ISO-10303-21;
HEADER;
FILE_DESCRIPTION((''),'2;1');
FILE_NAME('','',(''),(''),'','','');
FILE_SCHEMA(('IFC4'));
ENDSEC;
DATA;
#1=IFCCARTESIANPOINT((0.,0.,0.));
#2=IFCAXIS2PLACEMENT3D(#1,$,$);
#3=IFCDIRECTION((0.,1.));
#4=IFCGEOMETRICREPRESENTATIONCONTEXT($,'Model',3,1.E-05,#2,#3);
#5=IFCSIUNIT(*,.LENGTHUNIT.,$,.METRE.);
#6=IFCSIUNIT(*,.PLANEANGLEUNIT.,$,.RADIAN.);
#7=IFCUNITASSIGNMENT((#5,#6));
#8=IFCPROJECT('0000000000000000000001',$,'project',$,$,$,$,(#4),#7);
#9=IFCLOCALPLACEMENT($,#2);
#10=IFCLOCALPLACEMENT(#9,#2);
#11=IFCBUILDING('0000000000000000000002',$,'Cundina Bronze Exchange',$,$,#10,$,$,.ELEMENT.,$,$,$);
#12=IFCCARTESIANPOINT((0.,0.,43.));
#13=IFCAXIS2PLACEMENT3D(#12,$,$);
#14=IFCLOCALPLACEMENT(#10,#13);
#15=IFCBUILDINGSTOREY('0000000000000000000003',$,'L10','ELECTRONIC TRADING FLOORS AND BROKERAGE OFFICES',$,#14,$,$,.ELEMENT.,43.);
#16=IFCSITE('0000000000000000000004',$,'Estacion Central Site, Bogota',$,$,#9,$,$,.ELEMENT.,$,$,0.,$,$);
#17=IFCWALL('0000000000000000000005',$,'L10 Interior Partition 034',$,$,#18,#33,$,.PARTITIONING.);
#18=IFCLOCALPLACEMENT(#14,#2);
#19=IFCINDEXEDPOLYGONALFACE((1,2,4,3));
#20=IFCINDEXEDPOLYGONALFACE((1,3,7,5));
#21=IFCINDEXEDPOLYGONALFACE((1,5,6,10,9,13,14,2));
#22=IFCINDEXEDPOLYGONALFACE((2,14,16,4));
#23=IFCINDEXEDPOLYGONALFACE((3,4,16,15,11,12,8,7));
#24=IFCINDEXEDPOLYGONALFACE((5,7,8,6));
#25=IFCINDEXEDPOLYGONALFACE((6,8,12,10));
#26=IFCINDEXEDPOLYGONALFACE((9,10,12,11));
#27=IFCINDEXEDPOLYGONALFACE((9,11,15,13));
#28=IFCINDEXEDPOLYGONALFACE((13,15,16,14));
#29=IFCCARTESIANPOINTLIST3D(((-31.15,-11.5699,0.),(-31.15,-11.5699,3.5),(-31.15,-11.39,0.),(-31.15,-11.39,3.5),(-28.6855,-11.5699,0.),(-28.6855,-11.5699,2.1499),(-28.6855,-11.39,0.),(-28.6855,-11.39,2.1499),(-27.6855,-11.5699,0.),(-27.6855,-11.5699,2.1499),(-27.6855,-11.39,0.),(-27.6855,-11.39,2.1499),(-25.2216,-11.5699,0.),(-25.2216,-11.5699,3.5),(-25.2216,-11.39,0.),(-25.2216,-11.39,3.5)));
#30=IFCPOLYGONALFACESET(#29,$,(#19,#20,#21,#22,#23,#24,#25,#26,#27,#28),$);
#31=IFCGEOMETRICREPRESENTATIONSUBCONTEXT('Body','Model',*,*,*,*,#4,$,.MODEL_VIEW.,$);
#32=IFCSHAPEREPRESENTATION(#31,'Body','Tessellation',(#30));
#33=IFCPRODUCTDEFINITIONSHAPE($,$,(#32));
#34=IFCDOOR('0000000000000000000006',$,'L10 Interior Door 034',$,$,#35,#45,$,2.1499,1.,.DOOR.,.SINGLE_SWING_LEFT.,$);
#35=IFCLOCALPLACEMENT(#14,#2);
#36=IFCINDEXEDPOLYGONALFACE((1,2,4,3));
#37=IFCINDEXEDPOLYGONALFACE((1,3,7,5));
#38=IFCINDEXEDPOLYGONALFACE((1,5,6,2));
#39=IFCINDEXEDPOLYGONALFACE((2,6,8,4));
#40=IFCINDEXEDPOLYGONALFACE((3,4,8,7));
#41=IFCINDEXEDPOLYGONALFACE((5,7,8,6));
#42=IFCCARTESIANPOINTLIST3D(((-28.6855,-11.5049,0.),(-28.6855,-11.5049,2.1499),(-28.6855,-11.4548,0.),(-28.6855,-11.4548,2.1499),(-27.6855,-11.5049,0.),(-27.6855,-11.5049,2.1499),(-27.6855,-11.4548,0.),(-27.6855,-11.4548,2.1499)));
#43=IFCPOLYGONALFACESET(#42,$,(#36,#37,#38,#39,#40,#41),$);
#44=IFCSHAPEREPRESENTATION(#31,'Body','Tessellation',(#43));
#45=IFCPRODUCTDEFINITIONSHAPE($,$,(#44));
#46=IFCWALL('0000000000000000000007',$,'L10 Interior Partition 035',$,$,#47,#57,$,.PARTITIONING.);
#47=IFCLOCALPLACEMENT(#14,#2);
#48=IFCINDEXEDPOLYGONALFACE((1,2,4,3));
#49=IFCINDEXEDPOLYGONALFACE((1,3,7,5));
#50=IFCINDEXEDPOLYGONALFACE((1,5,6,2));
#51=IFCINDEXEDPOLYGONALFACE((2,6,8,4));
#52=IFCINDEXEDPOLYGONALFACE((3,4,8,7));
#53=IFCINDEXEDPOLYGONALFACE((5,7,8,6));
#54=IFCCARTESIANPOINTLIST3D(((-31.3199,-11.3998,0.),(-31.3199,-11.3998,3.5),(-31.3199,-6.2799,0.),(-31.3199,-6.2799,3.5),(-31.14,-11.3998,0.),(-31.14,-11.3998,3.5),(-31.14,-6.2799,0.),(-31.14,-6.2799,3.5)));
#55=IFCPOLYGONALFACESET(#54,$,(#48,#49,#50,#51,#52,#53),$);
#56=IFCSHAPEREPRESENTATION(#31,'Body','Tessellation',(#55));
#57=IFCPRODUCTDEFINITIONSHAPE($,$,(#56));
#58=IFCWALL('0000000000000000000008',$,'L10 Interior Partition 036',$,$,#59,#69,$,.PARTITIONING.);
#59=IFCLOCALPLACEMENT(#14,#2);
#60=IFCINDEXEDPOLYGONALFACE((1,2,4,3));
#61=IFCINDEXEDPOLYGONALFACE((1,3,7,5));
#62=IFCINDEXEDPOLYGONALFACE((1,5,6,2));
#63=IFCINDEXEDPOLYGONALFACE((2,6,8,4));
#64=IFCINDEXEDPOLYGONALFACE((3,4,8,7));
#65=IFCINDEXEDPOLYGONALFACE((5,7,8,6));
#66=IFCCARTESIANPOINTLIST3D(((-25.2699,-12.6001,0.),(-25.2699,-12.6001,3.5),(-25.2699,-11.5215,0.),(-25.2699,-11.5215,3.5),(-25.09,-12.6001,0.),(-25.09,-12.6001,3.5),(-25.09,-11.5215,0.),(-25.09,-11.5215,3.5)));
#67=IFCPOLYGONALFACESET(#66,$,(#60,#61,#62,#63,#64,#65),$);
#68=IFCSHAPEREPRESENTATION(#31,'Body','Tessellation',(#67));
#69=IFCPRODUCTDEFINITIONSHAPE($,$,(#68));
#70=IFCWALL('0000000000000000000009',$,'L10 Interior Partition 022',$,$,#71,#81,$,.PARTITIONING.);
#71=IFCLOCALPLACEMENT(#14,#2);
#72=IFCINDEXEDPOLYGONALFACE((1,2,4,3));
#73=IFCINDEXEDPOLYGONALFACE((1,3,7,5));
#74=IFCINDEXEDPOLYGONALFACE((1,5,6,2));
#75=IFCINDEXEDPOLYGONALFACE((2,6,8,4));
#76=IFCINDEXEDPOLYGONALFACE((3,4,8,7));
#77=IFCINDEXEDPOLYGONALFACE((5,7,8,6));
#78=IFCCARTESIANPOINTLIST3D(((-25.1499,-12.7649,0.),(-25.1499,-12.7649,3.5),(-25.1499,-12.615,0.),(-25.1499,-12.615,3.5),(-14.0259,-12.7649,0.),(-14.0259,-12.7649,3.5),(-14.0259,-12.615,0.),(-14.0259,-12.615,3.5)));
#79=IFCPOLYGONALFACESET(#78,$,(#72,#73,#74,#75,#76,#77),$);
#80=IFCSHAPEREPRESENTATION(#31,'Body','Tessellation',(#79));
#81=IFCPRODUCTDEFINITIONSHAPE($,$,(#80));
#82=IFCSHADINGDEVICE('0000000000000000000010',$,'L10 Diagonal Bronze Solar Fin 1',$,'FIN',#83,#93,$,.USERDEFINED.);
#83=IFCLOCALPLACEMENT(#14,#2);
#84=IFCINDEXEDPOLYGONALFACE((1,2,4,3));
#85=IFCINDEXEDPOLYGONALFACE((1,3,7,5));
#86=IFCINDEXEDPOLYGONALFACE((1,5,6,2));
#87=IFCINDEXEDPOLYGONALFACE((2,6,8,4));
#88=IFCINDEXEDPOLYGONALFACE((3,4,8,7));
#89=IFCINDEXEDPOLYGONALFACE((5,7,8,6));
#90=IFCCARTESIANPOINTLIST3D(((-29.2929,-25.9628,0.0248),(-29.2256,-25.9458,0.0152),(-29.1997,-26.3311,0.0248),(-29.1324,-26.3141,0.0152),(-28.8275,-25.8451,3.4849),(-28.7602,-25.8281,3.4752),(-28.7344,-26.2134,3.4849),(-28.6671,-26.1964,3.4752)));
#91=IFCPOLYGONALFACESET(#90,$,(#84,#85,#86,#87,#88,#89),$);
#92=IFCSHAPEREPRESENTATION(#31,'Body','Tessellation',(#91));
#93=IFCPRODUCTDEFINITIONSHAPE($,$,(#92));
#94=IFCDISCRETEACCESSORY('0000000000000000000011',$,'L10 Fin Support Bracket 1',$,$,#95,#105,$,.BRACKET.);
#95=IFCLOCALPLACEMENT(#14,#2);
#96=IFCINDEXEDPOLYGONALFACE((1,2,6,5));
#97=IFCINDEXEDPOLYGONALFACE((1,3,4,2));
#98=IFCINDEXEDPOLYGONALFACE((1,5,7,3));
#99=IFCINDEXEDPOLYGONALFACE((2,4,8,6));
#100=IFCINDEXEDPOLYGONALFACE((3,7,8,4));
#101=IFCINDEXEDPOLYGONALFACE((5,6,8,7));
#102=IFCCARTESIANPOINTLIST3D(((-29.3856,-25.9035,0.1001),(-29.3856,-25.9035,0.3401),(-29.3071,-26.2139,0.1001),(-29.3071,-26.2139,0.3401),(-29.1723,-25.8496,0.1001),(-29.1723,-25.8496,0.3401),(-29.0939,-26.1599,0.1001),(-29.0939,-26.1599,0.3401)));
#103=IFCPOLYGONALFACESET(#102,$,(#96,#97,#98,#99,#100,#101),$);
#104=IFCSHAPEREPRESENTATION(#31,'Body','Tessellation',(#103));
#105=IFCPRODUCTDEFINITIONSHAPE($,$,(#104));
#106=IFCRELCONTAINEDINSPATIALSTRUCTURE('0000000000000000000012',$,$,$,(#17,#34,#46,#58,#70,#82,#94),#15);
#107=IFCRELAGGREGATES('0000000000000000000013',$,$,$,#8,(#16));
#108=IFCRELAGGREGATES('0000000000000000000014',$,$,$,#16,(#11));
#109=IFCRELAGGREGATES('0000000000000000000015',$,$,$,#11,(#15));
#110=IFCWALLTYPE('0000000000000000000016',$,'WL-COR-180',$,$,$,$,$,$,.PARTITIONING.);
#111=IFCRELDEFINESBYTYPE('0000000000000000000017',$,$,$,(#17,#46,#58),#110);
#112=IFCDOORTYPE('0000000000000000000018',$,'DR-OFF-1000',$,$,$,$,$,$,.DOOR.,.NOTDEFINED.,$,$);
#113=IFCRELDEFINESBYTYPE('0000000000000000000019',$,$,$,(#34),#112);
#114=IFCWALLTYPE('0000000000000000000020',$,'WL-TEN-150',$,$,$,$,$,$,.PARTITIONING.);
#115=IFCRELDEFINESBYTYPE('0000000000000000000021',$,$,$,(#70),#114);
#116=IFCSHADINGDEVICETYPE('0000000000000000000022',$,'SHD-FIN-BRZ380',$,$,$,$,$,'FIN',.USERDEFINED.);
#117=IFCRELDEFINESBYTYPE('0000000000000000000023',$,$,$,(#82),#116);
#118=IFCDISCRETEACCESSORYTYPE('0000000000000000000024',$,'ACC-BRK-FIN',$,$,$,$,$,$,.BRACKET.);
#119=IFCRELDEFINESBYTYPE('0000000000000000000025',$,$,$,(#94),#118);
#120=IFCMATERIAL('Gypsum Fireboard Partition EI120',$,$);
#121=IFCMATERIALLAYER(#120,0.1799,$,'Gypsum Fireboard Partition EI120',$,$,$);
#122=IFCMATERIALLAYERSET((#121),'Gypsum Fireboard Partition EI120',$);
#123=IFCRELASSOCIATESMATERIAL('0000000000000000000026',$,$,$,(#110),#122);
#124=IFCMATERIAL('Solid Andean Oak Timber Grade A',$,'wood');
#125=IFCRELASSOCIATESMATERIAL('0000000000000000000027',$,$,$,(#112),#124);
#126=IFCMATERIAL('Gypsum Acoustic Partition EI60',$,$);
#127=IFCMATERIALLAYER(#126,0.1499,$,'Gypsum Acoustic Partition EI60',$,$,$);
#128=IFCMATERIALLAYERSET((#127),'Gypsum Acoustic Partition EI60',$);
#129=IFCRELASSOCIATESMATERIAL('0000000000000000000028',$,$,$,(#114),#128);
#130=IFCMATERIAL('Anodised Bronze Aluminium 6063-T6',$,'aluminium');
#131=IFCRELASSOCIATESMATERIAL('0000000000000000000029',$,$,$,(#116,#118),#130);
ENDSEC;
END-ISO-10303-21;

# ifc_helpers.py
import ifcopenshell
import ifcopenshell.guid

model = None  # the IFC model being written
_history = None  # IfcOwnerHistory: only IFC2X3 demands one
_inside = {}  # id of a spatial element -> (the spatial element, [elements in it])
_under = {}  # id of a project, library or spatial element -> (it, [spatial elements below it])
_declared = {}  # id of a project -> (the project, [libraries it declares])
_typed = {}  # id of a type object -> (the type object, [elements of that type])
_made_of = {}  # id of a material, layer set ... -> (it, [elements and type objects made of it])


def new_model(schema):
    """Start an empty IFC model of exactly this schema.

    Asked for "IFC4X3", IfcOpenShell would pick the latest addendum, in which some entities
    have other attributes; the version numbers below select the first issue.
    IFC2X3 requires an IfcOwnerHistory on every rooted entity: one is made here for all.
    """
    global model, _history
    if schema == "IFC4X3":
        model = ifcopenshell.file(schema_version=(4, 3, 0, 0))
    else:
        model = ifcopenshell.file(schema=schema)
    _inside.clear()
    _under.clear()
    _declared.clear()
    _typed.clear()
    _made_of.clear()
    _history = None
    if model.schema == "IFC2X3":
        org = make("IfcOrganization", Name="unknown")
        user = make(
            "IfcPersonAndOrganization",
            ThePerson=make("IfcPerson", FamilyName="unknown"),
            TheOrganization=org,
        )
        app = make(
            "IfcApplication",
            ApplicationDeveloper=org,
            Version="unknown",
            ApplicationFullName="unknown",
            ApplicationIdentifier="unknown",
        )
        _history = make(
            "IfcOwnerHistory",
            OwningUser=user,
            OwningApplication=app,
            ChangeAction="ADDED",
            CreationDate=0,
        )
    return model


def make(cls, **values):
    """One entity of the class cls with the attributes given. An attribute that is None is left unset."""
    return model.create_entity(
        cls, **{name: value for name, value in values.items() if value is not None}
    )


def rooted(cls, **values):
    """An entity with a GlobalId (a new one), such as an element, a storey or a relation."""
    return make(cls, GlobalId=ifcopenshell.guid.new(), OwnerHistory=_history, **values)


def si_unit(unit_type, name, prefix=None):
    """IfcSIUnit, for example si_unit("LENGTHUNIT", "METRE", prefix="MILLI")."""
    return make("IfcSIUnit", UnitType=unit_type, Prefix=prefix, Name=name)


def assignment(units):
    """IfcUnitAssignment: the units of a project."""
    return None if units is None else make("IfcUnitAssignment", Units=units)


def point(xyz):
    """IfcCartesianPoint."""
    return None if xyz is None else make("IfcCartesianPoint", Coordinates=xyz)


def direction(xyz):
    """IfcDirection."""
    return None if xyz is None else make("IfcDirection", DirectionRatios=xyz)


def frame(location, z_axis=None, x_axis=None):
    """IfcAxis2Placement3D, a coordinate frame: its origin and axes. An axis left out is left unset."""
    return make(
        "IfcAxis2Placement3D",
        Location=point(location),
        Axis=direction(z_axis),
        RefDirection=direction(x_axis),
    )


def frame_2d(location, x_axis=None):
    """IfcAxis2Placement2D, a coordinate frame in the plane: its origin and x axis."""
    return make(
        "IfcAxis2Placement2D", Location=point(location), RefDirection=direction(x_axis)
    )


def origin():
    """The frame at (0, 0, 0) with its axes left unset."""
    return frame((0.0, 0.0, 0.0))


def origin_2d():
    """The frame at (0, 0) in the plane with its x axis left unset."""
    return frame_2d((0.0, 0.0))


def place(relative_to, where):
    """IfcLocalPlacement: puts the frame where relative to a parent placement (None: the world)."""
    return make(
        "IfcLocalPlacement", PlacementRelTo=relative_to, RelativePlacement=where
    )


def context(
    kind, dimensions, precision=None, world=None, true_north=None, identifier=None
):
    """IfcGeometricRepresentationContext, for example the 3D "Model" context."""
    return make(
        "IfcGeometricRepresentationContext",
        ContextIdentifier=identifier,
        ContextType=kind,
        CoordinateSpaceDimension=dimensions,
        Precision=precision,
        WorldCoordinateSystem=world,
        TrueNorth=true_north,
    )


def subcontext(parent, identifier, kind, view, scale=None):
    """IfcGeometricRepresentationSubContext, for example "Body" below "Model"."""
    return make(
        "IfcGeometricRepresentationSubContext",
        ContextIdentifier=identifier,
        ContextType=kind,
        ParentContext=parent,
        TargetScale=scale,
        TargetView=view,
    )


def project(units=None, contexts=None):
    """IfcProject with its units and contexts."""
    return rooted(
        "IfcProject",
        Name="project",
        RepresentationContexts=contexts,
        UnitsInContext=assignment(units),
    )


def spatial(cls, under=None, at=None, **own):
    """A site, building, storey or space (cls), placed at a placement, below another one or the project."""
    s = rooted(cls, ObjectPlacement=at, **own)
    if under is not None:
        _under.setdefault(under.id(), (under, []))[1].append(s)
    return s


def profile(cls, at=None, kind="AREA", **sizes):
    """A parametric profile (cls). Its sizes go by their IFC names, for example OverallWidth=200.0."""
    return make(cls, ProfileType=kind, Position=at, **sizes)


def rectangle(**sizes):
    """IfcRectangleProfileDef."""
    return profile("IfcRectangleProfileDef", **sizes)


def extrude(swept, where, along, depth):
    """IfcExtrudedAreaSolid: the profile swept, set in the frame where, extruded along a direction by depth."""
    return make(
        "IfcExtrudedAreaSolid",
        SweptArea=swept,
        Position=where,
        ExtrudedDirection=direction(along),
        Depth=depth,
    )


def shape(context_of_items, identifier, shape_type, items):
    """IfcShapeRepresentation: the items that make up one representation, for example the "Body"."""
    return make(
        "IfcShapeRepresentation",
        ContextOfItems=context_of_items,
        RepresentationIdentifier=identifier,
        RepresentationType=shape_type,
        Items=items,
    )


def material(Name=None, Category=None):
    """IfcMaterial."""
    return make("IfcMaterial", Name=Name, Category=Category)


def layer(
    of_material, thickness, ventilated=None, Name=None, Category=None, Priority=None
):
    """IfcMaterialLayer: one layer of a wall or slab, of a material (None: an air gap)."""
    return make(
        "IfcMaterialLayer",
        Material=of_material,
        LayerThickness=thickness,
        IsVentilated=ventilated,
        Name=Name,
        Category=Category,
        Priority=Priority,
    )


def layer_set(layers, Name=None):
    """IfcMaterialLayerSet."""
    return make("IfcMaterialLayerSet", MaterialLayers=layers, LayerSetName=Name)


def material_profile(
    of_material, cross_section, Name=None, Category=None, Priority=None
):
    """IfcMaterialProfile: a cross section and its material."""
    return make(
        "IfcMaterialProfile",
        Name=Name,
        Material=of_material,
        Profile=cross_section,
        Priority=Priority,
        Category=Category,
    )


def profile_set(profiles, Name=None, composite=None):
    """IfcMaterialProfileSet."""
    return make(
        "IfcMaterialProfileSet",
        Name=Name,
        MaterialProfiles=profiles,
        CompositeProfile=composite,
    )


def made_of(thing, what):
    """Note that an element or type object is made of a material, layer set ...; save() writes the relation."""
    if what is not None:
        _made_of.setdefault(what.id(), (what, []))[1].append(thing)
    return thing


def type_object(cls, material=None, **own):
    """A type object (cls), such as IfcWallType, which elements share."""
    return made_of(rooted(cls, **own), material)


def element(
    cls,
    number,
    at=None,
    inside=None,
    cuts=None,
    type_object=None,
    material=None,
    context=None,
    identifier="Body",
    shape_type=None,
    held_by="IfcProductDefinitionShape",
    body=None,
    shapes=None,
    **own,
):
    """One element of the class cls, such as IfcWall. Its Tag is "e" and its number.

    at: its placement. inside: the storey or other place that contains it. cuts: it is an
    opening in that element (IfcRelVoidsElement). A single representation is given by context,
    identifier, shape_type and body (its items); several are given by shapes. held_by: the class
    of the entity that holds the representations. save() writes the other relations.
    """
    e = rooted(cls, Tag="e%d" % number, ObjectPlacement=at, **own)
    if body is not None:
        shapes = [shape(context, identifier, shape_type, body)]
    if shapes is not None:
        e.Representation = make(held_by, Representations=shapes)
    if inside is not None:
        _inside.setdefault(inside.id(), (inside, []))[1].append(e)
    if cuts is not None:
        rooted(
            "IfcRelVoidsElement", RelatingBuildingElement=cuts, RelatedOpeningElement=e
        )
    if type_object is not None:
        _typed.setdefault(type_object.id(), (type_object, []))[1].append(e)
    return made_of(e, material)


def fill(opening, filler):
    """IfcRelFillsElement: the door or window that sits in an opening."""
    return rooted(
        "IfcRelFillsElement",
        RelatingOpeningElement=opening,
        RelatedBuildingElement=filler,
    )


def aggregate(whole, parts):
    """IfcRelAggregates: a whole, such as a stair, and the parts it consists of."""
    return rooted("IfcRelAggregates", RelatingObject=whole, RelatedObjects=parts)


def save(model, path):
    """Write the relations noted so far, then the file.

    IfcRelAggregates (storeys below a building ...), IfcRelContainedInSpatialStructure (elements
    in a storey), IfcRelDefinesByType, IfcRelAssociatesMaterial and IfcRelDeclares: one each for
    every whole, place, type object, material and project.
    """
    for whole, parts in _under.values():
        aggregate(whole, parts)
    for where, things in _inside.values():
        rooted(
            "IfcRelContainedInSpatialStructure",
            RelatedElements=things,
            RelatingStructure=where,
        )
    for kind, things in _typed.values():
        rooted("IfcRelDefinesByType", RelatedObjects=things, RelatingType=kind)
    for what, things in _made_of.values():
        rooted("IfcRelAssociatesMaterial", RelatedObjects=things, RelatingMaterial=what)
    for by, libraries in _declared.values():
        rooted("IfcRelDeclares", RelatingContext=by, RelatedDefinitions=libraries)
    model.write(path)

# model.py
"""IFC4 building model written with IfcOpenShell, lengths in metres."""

from ifc_helpers import new_model, si_unit, direction, frame, frame_2d, origin, origin_2d, place, context, subcontext, project, spatial, rectangle, extrude, material, layer, layer_set, material_profile, profile_set, type_object, element, fill, save


model = new_model("IFC4")

# Units and contexts
model_context = context("Model", 3, precision=1e-05, world=origin(), true_north=direction((0.0, 1.0)))
body_context = subcontext(model_context, "Body", "Model", "MODEL_VIEW")
ifc_project = project(units=[si_unit("LENGTHUNIT", "METRE"), si_unit("PLANEANGLEUNIT", "RADIAN")], contexts=[model_context])

# Site, building, storey
site_placement = place(None, origin())
site = spatial("IfcSite", under=ifc_project, at=site_placement, Name="Estacion Central Site, Bogota", CompositionType="ELEMENT", RefElevation=0.0)
building_placement = place(site_placement, origin())
building = spatial("IfcBuilding", under=site, at=building_placement, Name="Cundina Bronze Exchange", CompositionType="ELEMENT")
storey_placement = place(building_placement, frame((0.0, 0.0, 43.0)))
storey = spatial("IfcBuildingStorey", under=building, at=storey_placement, Name="L10", Description="ELECTRONIC TRADING FLOORS AND BROKERAGE OFFICES", CompositionType="ELEMENT", Elevation=43.0)

# Shared definitions
ifc_material_1 = material(Name="Anodised Bronze Aluminium 6063-T6", Category="aluminium")

# Shared definitions
ifc_material_2 = material(Name="Gypsum Fireboard Partition EI120")
ifc_layer_1 = layer(ifc_material_2, 0.1799, Name="Gypsum Fireboard Partition EI120")
ifc_layer_set_1 = layer_set([ifc_layer_1], Name="Gypsum Fireboard Partition EI120")
wall_type_1 = type_object("IfcWallType", Name="WL-COR-180", PredefinedType="PARTITIONING", material=ifc_layer_set_1)

# Wall, opening, door
wall_1_placement = place(storey_placement, frame((-25.2214, -11.48, 0.0), z_axis=(0.0, 0.0, 1.0), x_axis=(-1.0, 0.0, 0.0)))
wall_1 = element("IfcWall", 1, at=wall_1_placement, inside=storey, type_object=wall_type_1, Name="L10 Interior Partition 034", PredefinedType="PARTITIONING", context=body_context, shape_type="SweptSolid", body=[
    extrude(rectangle(XDim=5.9285, YDim=0.1799, at=frame_2d((2.9644, 0.0))), origin(), (0.0, 0.0, 1.0), 3.5),
])
opening_placement = place(wall_1_placement, frame((2.4641, 0.0, 0.0)))
opening = element("IfcOpeningElement", 2, at=opening_placement, cuts=wall_1, PredefinedType="OPENING", context=body_context, shape_type="SweptSolid", body=[
    extrude(rectangle(XDim=1.0, YDim=2.1499, at=frame_2d((0.5, 1.075))), frame((0.0, 0.0999, 0.0), z_axis=(0.0, -1.0, 0.0), x_axis=(1.0, 0.0, 0.0)), (0.0, 0.0, 1.0), 0.2),
])
ifc_material_3 = material(Name="Solid Andean Oak Timber Grade A", Category="wood")
door_type = type_object("IfcDoorType", Name="DR-OFF-1000", OperationType="NOTDEFINED", PredefinedType="DOOR", material=ifc_material_3)
door_placement = place(opening_placement, origin())
door = element("IfcDoor", 3, at=door_placement, inside=storey, type_object=door_type, Name="L10 Interior Door 034", OperationType="SINGLE_SWING_LEFT", OverallHeight=2.1499, OverallWidth=1.0, PredefinedType="DOOR", context=body_context, shape_type="SweptSolid", body=[
    extrude(rectangle(XDim=1.0, YDim=2.1499, at=frame_2d((0.5, 1.075))), frame((0.0, 0.0249, 0.0), z_axis=(0.0, -1.0, 0.0), x_axis=(1.0, 0.0, 0.0)), (0.0, 0.0, 1.0), 0.05),
])
fill(opening, door)

# Walls
wall_2_placement = place(storey_placement, frame((-31.23, -11.3999, 0.0), z_axis=(0.0, 0.0, 1.0), x_axis=(0.0, 1.0, 0.0)))
element("IfcWall", 4, at=wall_2_placement, inside=storey, type_object=wall_type_1, Name="L10 Interior Partition 035", PredefinedType="PARTITIONING", context=body_context, shape_type="SweptSolid", body=[
    extrude(rectangle(XDim=5.1199, YDim=0.1799, at=frame_2d((2.5601, 0.0))), origin(), (0.0, 0.0, 1.0), 3.5),
])
wall_3_placement = place(storey_placement, frame((-25.1799, -12.6001, 0.0), z_axis=(0.0, 0.0, 1.0), x_axis=(0.0, 1.0, 0.0)))
element("IfcWall", 5, at=wall_3_placement, inside=storey, type_object=wall_type_1, Name="L10 Interior Partition 036", PredefinedType="PARTITIONING", context=body_context, shape_type="SweptSolid", body=[
    extrude(rectangle(XDim=1.0786, YDim=0.1799, at=frame_2d((0.5393, 0.0))), origin(), (0.0, 0.0, 1.0), 3.5),
])
ifc_material_4 = material(Name="Gypsum Acoustic Partition EI60")
ifc_layer_2 = layer(ifc_material_4, 0.1499, Name="Gypsum Acoustic Partition EI60")
ifc_layer_set_2 = layer_set([ifc_layer_2], Name="Gypsum Acoustic Partition EI60")
wall_type_2 = type_object("IfcWallType", Name="WL-TEN-150", PredefinedType="PARTITIONING", material=ifc_layer_set_2)
wall_4_placement = place(storey_placement, frame((-25.1499, -12.6899, 0.0), z_axis=(0.0, 0.0, 1.0), x_axis=(1.0, 0.0, 0.0)))
element("IfcWall", 6, at=wall_4_placement, inside=storey, type_object=wall_type_2, Name="L10 Interior Partition 022", PredefinedType="PARTITIONING", context=body_context, shape_type="SweptSolid", body=[
    extrude(rectangle(XDim=11.124, YDim=0.1499, at=frame_2d((5.562, 0.0))), origin(), (0.0, 0.0, 1.0), 3.5),
])

# Shading device
ifc_material_profile_1 = material_profile(ifc_material_1, rectangle(XDim=0.0701, YDim=0.3799, at=origin_2d()), Name="FIN70X380", Category="aluminium")
ifc_profile_set_1 = profile_set([ifc_material_profile_1], Name="Anodised Bronze Aluminium 6063-T6")
shading_device_type = type_object("IfcShadingDeviceType", Name="SHD-FIN-BRZ380", ElementType="FIN", PredefinedType="USERDEFINED", material=ifc_profile_set_1)
shading_device_placement = place(storey_placement, frame((-29.2126, -26.1384, 0.02), z_axis=(0.133215, 0.033688, 0.990514), x_axis=(-0.960285, -0.242842, 0.137408)))
element("IfcShadingDevice", 7, at=shading_device_placement, inside=storey, type_object=shading_device_type, Name="L10 Diagonal Bronze Solar Fin 1", ObjectType="FIN", PredefinedType="USERDEFINED", context=body_context, shape_type="SweptSolid", body=[
    extrude(rectangle(XDim=0.0701, YDim=0.3799, at=origin_2d()), origin(), (0.0, 0.0, 1.0), 3.4932),
])

# Discrete accessory
discrete_accessory_type = type_object("IfcDiscreteAccessoryType", Name="ACC-BRK-FIN", PredefinedType="BRACKET", material=ifc_material_1)
discrete_accessory_placement = place(storey_placement, frame((-29.2397, -26.0317, 0.1001), z_axis=(0.0, 0.0, 1.0), x_axis=(0.969488, 0.245138, 0.0)))
element("IfcDiscreteAccessory", 8, at=discrete_accessory_placement, inside=storey, type_object=discrete_accessory_type, Name="L10 Fin Support Bracket 1", PredefinedType="BRACKET", context=body_context, shape_type="SweptSolid", body=[
    extrude(rectangle(XDim=0.22, YDim=0.3201, at=origin_2d()), origin(), (0.0, 0.0, 1.0), 0.24),
])

save(model, "model.ifc")
